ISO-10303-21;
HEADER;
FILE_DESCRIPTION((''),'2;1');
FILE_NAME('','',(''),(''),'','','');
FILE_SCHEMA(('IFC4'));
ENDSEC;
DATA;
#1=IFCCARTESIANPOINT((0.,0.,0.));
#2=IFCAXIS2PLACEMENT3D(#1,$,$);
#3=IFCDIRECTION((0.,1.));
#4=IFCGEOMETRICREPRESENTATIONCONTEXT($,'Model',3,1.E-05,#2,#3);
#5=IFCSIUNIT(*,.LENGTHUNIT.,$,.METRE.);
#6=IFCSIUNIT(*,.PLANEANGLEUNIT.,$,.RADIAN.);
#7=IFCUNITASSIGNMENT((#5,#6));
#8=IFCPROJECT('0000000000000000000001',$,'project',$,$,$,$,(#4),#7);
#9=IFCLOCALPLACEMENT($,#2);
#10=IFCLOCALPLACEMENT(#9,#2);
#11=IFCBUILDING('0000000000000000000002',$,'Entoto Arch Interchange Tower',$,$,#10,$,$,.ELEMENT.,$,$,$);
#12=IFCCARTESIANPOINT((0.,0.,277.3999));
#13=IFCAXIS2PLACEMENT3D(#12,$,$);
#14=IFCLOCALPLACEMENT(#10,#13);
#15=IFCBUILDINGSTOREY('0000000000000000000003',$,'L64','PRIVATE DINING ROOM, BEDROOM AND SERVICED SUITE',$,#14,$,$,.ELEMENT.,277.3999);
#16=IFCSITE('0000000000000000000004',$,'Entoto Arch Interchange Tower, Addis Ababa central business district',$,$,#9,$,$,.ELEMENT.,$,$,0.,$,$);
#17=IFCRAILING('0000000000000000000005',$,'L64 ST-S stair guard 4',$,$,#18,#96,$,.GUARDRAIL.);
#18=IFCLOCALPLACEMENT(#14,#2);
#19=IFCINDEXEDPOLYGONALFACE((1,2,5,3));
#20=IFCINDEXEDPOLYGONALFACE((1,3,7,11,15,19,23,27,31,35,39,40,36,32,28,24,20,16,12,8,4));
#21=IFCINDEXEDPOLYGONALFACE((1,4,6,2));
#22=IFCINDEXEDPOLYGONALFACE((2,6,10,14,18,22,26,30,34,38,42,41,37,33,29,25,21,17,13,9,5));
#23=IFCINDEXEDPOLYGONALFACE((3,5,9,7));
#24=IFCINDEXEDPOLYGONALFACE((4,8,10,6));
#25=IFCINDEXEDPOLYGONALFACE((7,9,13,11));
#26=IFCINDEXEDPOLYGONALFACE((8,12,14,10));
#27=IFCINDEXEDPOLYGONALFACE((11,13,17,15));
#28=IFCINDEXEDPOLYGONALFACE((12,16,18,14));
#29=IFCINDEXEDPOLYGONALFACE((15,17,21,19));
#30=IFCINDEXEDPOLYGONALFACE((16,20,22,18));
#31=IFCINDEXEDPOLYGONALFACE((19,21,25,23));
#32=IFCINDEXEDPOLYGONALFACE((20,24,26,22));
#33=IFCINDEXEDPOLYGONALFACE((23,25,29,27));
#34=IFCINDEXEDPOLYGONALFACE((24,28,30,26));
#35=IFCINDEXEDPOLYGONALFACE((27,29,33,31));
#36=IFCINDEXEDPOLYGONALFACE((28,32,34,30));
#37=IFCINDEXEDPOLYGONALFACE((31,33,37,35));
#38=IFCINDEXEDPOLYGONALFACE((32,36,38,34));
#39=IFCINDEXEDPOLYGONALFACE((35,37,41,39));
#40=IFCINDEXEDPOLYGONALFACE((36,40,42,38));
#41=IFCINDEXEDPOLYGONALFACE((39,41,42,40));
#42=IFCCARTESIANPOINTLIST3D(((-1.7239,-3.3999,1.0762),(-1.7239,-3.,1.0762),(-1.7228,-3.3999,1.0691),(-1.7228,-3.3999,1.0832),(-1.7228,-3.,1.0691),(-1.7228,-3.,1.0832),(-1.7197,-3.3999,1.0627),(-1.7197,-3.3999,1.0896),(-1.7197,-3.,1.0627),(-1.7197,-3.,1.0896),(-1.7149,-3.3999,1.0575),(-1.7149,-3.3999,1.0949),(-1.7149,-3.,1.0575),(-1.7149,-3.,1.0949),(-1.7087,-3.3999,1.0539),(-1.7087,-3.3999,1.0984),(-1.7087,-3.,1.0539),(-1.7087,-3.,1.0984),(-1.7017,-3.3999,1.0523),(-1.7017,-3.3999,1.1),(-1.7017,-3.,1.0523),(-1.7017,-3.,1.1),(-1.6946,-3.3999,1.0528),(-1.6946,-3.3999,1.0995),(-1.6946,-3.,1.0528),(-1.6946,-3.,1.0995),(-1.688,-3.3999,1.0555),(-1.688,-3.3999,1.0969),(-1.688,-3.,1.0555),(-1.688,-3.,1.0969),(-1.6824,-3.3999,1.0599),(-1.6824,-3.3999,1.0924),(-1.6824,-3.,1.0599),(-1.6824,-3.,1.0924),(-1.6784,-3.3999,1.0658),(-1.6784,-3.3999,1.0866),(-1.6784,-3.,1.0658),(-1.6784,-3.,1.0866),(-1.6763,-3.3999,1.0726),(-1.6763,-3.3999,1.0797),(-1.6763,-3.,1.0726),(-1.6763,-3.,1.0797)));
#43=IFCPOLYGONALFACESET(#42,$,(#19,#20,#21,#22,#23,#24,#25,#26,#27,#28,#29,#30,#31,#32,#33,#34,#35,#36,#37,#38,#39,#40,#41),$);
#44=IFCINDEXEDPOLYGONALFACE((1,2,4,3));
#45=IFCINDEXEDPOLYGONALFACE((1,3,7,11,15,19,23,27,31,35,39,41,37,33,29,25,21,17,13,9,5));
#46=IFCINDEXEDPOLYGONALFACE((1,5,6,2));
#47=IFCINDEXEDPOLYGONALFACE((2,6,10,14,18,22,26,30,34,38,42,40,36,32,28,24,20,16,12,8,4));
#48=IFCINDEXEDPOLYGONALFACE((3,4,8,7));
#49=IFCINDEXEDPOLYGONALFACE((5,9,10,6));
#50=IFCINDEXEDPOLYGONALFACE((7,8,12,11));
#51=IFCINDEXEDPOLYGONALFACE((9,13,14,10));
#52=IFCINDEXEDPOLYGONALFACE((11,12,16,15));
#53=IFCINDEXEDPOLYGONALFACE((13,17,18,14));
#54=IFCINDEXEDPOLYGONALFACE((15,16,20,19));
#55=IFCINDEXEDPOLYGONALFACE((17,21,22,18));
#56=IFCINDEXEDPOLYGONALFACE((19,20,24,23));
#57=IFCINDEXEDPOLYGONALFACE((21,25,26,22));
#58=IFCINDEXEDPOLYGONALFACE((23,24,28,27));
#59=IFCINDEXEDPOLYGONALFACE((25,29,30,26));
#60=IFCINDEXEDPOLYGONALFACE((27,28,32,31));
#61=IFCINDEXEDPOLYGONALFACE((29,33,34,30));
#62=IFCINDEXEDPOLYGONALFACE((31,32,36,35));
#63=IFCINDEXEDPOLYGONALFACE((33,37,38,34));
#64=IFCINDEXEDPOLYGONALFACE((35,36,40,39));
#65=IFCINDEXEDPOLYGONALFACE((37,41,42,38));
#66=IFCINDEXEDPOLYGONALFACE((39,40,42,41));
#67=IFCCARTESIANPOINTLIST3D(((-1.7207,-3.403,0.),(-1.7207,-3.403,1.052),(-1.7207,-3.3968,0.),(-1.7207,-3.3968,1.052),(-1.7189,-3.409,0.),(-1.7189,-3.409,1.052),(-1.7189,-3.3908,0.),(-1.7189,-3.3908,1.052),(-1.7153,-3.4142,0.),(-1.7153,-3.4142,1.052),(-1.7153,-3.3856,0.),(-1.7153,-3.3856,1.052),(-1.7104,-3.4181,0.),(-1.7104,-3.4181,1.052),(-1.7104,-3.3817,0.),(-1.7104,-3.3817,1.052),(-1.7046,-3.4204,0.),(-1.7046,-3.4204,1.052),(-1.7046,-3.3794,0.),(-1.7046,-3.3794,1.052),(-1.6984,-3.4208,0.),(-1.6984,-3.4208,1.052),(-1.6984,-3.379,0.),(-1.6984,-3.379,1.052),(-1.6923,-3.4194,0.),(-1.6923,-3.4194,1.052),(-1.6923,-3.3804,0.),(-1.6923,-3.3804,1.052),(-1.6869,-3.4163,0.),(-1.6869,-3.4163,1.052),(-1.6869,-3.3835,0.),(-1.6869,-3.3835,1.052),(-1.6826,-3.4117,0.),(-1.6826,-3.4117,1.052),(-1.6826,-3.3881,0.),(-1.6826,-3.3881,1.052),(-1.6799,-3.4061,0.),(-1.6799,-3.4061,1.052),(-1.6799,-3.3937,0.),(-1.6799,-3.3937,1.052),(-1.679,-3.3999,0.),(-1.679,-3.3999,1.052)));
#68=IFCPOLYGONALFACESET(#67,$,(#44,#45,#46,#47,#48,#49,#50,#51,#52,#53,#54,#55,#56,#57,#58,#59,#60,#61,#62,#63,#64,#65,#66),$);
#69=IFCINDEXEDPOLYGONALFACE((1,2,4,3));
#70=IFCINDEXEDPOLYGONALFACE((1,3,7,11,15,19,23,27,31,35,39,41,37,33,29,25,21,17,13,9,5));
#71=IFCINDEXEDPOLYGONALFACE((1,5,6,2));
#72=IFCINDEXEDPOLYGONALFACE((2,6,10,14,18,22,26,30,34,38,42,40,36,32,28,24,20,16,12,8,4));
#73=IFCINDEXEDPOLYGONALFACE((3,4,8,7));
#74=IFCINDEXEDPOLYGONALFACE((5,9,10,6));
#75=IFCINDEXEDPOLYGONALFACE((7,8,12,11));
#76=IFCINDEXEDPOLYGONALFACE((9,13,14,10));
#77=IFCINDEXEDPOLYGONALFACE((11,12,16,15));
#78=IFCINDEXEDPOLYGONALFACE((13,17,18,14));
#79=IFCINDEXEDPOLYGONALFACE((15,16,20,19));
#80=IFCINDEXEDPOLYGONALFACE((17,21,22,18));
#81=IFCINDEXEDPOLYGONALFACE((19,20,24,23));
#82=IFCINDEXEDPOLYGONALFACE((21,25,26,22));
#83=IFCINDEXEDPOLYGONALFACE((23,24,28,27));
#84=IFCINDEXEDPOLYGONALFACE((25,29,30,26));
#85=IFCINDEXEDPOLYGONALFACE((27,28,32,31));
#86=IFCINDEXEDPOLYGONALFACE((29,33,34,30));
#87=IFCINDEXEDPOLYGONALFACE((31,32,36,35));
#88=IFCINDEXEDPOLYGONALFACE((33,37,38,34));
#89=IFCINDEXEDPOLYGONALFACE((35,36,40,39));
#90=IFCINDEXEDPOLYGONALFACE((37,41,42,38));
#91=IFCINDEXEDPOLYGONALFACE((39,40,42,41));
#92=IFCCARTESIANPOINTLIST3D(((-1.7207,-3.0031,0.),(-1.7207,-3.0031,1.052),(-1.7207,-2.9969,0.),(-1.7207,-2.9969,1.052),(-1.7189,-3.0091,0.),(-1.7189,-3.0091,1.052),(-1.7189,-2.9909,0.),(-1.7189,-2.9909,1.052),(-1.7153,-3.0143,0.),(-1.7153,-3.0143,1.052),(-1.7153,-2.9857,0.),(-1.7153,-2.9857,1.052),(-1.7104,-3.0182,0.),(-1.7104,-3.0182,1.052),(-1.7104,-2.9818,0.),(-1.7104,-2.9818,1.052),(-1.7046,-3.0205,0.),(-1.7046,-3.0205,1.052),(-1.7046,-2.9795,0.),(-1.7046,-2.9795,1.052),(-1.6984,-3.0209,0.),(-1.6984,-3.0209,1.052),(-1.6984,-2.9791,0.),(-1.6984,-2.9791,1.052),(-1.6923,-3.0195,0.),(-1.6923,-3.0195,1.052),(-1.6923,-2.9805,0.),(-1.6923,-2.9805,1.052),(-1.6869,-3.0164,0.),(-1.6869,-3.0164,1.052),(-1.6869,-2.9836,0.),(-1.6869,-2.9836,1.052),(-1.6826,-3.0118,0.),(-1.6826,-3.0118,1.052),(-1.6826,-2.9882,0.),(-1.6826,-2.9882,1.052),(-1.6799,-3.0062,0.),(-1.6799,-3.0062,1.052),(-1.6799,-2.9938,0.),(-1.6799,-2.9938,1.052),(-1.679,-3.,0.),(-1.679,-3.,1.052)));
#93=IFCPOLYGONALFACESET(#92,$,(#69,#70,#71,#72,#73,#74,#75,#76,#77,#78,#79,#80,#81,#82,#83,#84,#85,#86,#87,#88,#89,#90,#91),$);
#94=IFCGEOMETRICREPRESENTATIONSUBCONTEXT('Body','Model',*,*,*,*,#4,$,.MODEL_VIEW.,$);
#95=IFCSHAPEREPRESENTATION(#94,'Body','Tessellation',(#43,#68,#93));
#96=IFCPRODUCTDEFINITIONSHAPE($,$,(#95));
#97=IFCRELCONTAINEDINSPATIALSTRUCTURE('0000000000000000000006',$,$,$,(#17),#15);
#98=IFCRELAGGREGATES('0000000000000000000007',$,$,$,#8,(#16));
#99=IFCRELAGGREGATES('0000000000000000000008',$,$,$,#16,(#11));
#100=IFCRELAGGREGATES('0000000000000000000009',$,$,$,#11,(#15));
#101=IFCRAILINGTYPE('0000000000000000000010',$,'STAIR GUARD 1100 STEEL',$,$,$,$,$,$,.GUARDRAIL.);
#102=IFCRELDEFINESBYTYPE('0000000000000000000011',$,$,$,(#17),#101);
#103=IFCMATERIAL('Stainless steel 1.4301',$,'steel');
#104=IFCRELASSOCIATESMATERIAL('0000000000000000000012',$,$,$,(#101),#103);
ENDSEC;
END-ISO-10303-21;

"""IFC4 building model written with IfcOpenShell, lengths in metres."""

from ifc_helpers import new_model, si_unit, direction, frame, origin, origin_2d, place, context, subcontext, project, spatial, circle, extrude, material, type_object, element, save


model = new_model("IFC4")

# Units and contexts
model_context = context("Model", 3, precision=1e-05, world=origin(), true_north=direction((0.0, 1.0)))
body_context = subcontext(model_context, "Body", "Model", "MODEL_VIEW")
ifc_project = project(units=[si_unit("LENGTHUNIT", "METRE"), si_unit("PLANEANGLEUNIT", "RADIAN")], contexts=[model_context])

# Site, building, storey
site_placement = place(None, origin())
site = spatial("IfcSite", under=ifc_project, at=site_placement, Name="Entoto Arch Interchange Tower, Addis Ababa central business district", CompositionType="ELEMENT", RefElevation=0.0)
building_placement = place(site_placement, origin())
building = spatial("IfcBuilding", under=site, at=building_placement, Name="Entoto Arch Interchange Tower", CompositionType="ELEMENT")
storey_placement = place(building_placement, frame((0.0, 0.0, 277.3999)))
storey = spatial("IfcBuildingStorey", under=building, at=storey_placement, Name="L64", Description="PRIVATE DINING ROOM, BEDROOM AND SERVICED SUITE", CompositionType="ELEMENT", Elevation=277.3999)

# Railing
ifc_material_1 = material(Name="Stainless steel 1.4301", Category="steel")
railing_type_1 = type_object("IfcRailingType", Name="STAIR GUARD 1100 STEEL", PredefinedType="GUARDRAIL", material=ifc_material_1)
railing_1_placement = place(storey_placement, frame((-1.7, -3.3999, 0.0)))
element("IfcRailing", 1, at=railing_1_placement, inside=storey, type_object=railing_type_1, Name="L64 ST-S stair guard 4", PredefinedType="GUARDRAIL", context=body_context, shape_type="SweptSolid", body=[
    extrude(circle(Radius=0.0239, at=origin_2d()), frame((0.0, 0.0, 1.0762), z_axis=(0.0, 1.0, 0.0), x_axis=(-1.0, 0.0, 0.0)), (0.0, 0.0, 1.0), 0.3999),
    extrude(circle(Radius=0.021, at=origin_2d()), origin(), (0.0, 0.0, 1.0), 1.052),
    extrude(circle(Radius=0.021, at=origin_2d()), frame((0.0, 0.3999, 0.0)), (0.0, 0.0, 1.0), 1.052),
])

save(model, "model.ifc")
